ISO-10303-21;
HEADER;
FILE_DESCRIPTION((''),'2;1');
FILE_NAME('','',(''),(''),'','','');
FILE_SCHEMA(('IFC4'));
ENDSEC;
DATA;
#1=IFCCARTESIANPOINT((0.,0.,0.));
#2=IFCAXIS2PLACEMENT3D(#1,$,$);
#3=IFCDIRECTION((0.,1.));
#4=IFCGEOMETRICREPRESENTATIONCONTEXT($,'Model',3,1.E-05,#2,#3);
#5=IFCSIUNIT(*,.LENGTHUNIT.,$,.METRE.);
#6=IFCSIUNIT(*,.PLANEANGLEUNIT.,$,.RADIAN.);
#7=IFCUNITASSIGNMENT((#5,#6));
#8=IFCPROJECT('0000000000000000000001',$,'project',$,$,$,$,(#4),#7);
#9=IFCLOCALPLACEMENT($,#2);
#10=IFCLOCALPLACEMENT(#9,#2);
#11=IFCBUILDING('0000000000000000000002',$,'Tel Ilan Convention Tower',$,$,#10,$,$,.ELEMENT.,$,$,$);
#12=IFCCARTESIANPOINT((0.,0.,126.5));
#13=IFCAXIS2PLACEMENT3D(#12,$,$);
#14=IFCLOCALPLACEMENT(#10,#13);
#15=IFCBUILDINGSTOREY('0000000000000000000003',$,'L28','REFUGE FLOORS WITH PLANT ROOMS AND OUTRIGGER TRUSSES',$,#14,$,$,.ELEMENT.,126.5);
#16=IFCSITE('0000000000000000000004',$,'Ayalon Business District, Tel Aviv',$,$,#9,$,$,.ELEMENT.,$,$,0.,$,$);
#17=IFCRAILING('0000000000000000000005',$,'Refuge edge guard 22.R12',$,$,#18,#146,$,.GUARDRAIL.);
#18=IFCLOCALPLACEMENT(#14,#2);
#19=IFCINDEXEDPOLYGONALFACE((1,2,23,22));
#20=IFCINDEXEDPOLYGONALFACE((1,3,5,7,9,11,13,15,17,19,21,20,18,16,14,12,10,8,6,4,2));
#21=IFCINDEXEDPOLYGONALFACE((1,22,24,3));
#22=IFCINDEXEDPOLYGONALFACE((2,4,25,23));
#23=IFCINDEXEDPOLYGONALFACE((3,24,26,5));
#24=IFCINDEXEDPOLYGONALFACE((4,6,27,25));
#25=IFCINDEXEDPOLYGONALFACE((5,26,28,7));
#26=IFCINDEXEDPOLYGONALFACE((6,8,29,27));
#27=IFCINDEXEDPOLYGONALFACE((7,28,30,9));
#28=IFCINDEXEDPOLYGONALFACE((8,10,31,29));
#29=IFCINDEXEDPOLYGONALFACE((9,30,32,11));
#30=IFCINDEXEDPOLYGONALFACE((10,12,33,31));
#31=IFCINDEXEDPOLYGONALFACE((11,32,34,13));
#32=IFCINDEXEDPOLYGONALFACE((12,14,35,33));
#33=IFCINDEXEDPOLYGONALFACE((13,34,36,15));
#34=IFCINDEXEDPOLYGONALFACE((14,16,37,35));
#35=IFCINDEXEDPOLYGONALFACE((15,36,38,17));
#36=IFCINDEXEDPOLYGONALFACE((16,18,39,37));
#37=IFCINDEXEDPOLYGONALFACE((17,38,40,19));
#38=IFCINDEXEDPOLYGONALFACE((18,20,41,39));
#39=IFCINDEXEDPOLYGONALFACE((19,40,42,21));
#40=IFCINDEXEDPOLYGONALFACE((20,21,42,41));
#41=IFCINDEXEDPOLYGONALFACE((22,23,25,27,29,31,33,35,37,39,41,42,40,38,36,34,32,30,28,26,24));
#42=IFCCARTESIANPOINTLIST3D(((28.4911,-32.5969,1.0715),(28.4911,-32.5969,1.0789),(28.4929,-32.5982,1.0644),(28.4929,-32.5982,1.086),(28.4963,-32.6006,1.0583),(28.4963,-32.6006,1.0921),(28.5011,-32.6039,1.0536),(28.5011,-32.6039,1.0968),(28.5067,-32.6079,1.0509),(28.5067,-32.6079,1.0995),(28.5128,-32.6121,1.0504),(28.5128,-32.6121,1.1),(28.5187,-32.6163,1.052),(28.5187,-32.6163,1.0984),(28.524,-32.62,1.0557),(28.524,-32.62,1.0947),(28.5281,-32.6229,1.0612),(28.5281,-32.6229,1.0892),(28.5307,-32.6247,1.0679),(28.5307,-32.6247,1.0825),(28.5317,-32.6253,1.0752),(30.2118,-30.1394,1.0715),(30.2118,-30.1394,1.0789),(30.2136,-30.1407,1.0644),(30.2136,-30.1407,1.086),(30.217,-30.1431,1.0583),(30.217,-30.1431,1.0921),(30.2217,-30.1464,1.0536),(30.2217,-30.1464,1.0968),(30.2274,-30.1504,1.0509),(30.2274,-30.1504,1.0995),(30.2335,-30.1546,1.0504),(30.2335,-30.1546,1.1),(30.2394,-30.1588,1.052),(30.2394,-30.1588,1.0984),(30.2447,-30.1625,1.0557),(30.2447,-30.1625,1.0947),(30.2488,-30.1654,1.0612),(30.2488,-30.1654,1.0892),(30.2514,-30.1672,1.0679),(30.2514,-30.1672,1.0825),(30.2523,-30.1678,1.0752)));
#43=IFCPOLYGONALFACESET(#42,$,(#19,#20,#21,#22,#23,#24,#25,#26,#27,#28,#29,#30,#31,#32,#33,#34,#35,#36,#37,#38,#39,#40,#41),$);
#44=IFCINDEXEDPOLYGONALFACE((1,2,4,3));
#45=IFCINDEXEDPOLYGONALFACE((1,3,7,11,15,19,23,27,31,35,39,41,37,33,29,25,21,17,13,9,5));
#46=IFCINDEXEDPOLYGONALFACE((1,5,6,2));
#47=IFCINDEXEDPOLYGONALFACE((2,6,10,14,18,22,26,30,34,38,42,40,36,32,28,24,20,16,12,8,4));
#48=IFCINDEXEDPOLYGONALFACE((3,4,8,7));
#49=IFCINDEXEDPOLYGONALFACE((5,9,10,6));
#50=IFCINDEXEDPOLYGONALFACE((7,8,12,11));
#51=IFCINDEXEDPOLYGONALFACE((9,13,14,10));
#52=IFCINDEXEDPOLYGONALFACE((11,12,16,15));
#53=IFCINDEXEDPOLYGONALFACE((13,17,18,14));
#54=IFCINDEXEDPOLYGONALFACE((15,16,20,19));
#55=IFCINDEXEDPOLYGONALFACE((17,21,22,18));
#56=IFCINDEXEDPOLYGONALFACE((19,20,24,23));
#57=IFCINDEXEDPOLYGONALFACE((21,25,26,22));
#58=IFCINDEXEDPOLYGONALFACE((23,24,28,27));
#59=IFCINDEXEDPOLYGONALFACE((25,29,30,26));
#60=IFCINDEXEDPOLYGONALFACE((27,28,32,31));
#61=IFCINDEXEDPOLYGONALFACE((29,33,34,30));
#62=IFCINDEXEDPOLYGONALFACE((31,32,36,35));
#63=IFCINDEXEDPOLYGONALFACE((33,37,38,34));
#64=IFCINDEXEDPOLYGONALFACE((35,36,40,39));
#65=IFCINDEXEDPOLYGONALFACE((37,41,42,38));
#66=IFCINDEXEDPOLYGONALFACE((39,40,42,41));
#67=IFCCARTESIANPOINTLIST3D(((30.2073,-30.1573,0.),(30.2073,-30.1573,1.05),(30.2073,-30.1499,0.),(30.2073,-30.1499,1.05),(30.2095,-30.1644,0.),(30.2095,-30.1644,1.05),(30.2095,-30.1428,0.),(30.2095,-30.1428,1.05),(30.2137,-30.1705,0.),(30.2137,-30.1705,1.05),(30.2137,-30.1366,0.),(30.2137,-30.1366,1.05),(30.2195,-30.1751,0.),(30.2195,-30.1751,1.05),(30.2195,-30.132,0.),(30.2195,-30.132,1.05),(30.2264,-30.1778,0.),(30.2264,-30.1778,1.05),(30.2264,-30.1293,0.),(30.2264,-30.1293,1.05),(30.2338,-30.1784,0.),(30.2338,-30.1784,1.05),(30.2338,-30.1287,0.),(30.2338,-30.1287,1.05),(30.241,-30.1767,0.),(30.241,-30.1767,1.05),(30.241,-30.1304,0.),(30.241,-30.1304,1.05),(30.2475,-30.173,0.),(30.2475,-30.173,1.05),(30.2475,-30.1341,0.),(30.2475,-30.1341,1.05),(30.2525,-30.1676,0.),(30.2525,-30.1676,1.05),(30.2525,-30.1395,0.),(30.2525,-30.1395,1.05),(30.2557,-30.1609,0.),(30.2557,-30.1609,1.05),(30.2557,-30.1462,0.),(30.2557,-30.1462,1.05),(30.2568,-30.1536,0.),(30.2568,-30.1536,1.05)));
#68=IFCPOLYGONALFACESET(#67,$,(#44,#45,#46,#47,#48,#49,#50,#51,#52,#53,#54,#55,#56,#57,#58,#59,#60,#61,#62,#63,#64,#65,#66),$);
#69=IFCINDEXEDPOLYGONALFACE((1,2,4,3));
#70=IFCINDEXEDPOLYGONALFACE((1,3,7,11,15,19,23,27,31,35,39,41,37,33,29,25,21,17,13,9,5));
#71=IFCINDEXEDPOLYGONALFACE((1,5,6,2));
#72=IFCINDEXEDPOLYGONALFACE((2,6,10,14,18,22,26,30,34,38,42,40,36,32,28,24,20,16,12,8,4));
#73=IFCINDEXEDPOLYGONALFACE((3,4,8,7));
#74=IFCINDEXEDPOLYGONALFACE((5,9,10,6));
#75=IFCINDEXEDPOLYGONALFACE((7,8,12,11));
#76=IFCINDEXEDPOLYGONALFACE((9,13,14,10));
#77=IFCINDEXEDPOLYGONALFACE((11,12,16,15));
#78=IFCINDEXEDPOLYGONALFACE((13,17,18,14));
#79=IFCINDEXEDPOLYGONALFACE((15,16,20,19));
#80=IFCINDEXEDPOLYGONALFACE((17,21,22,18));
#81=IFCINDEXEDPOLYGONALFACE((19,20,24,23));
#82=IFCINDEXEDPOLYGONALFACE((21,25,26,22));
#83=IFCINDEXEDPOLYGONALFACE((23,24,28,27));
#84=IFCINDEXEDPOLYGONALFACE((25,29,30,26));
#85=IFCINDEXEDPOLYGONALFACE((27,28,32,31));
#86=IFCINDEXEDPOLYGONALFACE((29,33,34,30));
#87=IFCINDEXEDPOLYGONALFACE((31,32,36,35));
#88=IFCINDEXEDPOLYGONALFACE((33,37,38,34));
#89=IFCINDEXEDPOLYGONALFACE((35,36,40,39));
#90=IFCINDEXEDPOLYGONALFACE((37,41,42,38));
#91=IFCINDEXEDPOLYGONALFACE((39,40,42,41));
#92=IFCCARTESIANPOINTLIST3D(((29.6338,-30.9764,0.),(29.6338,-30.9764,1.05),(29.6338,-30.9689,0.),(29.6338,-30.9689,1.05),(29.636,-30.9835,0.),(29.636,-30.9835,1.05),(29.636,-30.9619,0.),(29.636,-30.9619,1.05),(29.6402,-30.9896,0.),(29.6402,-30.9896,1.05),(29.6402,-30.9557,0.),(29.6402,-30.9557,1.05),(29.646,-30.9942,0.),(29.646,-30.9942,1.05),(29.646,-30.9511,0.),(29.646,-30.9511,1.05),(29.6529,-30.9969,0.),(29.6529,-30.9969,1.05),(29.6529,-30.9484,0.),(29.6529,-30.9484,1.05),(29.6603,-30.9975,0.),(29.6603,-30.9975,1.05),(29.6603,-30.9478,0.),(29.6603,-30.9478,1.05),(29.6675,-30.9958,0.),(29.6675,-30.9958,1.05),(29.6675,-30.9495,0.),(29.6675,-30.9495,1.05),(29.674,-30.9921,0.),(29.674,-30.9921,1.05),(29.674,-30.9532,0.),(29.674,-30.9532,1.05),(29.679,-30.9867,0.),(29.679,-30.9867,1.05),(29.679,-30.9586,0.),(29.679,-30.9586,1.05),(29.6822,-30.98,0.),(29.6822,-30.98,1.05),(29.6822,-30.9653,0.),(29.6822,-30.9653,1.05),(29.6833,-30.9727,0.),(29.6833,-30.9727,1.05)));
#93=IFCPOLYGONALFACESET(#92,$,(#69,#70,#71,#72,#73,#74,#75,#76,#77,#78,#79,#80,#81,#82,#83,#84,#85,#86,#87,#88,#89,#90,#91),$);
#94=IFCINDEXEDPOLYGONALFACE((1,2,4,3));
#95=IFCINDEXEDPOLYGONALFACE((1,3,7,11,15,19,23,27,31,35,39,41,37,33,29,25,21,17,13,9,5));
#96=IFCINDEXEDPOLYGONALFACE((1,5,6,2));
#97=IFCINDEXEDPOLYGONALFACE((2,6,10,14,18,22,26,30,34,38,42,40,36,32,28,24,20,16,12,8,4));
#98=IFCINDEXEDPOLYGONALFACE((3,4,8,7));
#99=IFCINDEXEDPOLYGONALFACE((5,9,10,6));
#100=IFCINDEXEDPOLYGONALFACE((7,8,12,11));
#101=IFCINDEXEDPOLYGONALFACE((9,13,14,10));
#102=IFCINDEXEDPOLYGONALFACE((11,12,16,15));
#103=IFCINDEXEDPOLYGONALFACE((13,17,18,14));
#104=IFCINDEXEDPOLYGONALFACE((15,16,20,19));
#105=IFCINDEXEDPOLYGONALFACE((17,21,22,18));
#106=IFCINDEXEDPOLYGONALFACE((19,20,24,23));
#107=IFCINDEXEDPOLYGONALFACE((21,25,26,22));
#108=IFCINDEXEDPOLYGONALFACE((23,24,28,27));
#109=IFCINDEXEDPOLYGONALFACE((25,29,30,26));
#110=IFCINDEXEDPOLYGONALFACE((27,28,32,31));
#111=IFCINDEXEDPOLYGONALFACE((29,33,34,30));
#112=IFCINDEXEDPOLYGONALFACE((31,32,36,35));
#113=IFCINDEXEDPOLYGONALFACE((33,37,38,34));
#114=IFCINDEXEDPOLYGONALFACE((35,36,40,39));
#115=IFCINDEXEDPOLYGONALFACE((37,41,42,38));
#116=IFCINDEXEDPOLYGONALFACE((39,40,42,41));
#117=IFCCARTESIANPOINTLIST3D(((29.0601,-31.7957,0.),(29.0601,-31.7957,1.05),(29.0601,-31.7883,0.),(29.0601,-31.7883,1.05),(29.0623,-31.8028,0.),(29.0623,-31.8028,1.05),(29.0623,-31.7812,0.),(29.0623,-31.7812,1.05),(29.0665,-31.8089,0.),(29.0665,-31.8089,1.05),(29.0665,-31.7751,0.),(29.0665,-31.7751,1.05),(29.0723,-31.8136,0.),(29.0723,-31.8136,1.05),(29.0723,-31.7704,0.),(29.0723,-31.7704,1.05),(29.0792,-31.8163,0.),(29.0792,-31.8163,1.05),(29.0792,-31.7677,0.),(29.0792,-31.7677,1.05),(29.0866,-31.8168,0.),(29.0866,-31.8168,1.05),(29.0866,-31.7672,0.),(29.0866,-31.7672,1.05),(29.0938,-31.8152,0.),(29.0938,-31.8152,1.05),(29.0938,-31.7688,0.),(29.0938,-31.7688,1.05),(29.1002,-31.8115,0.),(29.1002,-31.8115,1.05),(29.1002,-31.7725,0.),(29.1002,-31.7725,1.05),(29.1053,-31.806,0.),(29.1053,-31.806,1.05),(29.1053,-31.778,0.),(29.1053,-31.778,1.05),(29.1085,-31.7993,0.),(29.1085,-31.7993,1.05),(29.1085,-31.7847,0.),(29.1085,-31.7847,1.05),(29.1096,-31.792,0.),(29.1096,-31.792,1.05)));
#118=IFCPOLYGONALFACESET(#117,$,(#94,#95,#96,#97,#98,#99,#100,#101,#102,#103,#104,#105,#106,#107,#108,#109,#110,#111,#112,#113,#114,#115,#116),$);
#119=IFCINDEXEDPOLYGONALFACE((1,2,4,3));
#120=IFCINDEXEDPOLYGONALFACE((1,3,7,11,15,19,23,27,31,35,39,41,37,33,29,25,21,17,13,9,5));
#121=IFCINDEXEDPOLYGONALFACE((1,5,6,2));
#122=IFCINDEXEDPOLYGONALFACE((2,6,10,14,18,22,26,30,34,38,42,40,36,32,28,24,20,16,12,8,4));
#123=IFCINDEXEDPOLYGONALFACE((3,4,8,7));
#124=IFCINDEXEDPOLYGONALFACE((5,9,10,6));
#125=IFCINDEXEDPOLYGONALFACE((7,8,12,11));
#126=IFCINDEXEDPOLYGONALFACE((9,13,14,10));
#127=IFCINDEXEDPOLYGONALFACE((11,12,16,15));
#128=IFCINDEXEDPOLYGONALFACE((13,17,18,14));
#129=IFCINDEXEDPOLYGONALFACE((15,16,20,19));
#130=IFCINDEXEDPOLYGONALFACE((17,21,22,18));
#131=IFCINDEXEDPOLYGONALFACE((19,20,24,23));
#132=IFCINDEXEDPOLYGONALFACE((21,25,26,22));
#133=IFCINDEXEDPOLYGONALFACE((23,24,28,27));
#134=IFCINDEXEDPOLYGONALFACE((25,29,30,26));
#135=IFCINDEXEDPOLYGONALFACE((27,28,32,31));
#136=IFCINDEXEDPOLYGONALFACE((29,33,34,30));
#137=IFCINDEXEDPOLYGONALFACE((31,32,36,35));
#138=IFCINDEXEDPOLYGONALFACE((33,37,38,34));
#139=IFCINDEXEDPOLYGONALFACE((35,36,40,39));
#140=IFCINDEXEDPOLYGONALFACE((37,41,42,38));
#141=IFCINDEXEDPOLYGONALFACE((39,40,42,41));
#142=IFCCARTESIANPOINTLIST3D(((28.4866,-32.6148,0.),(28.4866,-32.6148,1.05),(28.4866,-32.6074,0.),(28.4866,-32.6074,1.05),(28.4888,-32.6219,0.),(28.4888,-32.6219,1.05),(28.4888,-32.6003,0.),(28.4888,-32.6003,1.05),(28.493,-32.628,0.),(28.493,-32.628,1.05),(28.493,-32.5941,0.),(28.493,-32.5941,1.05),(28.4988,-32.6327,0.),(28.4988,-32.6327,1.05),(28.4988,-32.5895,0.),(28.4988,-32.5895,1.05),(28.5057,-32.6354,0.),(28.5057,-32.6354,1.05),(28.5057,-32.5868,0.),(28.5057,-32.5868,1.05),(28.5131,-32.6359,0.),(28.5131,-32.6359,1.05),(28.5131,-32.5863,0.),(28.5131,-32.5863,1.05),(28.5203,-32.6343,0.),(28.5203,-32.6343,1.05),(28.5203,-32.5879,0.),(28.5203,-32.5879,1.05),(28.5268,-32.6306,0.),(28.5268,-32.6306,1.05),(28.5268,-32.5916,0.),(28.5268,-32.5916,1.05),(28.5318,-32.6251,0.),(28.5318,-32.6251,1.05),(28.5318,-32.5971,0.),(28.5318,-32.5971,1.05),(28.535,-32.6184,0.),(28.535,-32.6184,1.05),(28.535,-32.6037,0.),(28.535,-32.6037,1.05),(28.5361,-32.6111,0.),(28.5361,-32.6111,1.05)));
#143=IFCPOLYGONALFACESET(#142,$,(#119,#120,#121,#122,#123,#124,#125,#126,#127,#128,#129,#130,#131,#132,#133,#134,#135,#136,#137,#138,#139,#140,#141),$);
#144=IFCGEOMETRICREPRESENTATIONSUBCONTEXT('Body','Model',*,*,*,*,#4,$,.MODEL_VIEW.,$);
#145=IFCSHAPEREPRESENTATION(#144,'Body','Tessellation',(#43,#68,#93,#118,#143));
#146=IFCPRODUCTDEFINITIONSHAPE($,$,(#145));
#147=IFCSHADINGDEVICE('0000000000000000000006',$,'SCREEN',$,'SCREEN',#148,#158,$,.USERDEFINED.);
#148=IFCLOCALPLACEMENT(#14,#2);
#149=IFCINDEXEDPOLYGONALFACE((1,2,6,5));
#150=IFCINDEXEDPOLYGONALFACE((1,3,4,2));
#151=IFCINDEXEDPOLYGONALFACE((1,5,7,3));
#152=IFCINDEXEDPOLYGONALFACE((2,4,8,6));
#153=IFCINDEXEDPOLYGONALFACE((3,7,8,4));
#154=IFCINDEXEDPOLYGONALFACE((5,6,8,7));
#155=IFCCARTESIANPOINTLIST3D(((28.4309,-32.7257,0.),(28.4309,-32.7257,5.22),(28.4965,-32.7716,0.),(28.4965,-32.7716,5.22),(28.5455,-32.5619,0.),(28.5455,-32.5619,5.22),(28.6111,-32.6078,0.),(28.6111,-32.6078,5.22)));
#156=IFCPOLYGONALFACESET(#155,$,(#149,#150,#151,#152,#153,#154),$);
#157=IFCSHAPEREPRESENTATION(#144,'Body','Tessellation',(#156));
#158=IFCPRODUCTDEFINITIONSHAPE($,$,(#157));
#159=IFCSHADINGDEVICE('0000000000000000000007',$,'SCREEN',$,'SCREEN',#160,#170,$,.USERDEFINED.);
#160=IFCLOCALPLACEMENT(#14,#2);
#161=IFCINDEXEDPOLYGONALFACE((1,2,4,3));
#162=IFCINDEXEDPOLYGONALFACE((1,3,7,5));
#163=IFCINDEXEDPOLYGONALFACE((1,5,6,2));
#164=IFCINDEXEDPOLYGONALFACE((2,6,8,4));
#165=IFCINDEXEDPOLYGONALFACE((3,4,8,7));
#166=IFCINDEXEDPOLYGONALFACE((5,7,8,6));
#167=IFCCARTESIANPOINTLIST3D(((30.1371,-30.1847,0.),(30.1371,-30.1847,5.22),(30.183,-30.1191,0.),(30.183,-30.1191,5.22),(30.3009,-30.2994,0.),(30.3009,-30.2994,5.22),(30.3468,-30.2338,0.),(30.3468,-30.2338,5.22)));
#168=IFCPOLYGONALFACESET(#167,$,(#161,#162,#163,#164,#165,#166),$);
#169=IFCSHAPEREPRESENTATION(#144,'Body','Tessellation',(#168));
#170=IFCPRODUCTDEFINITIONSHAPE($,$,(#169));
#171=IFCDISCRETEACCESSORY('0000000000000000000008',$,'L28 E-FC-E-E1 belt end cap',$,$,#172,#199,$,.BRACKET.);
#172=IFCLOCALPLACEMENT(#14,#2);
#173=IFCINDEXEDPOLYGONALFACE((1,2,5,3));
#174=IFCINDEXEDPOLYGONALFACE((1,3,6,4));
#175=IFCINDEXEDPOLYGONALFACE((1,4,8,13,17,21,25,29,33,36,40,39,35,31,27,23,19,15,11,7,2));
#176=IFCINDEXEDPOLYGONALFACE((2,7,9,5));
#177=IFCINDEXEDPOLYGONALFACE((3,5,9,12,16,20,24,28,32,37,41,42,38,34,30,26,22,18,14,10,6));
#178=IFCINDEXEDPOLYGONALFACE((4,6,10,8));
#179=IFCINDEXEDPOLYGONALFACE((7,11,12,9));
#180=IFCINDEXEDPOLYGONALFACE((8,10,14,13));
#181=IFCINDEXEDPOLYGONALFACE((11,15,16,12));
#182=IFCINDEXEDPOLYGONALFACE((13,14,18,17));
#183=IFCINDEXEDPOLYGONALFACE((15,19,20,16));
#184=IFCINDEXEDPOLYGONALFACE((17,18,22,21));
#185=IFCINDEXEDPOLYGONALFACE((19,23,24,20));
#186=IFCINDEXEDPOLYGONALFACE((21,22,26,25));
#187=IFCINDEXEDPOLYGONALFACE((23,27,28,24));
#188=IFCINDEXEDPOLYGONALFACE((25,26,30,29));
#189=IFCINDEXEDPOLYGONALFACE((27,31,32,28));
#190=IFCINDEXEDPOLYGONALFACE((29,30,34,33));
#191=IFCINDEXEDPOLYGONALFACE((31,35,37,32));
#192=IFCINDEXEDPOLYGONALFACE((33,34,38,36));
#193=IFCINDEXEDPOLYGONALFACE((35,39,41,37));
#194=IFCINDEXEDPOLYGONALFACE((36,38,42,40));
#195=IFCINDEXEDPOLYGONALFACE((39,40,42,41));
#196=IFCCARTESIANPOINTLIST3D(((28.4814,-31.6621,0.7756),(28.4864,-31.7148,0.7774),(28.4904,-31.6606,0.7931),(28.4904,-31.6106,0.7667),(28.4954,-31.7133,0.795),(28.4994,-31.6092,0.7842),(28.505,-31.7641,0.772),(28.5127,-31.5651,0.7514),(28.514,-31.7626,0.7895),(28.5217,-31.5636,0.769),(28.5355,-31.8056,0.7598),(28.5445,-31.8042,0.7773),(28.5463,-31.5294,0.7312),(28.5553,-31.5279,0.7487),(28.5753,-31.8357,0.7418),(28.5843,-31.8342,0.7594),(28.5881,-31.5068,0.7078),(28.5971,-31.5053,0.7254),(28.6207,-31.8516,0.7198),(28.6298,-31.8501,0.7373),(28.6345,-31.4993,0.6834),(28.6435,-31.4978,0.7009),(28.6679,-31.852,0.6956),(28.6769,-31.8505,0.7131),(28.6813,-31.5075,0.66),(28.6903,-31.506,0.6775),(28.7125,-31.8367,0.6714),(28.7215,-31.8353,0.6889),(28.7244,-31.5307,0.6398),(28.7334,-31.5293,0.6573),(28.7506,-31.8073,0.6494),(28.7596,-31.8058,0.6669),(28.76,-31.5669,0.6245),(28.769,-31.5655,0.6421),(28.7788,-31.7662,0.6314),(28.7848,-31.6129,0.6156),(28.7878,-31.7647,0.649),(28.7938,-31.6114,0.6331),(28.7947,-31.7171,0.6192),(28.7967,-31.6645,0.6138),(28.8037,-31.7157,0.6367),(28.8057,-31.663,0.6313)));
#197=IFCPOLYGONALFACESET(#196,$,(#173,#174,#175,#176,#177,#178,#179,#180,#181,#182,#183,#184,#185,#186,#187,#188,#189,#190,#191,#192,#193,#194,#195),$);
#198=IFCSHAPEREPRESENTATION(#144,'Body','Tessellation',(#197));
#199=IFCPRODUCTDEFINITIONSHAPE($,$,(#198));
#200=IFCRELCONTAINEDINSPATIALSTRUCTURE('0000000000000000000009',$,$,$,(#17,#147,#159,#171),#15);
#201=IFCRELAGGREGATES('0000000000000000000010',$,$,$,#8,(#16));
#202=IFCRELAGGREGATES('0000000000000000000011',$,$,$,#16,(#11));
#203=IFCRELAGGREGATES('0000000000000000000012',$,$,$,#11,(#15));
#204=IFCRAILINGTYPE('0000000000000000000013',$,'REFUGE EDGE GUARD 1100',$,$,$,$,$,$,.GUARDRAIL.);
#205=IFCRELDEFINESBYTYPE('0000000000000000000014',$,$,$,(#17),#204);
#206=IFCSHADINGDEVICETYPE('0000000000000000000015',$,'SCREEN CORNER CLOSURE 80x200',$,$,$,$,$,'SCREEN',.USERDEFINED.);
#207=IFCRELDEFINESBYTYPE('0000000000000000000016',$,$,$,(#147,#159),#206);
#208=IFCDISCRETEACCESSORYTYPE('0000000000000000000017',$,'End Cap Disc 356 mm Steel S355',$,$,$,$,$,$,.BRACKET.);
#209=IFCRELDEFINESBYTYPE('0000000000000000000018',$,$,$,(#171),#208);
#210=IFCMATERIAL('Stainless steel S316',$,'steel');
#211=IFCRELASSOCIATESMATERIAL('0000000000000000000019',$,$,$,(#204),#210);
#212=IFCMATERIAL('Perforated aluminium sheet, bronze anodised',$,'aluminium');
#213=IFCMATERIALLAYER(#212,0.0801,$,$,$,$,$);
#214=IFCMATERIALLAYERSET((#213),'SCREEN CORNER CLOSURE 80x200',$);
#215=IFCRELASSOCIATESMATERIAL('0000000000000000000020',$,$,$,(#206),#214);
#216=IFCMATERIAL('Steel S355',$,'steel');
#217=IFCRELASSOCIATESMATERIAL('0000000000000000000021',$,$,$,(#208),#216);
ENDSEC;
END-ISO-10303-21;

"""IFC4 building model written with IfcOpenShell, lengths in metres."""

from ifc_helpers import new_model, si_unit, direction, frame, origin, origin_2d, place, context, subcontext, project, spatial, rectangle, circle, extrude, material, layer, layer_set, material_profile, profile_set, type_object, element, save


model = new_model("IFC4")

# Units and contexts
model_context = context("Model", 3, precision=1e-05, world=origin(), true_north=direction((0.0, 1.0)))
body_context = subcontext(model_context, "Body", "Model", "MODEL_VIEW")
ifc_project = project(units=[si_unit("LENGTHUNIT", "METRE"), si_unit("PLANEANGLEUNIT", "RADIAN")], contexts=[model_context])

# Site, building, storey
site_placement = place(None, origin())
site = spatial("IfcSite", under=ifc_project, at=site_placement, Name="Ayalon Business District, Tel Aviv", CompositionType="ELEMENT", RefElevation=0.0)
building_placement = place(site_placement, origin())
building = spatial("IfcBuilding", under=site, at=building_placement, Name="Tel Ilan Convention Tower", CompositionType="ELEMENT")
storey_placement = place(building_placement, frame((0.0, 0.0, 126.5)))
storey = spatial("IfcBuildingStorey", under=building, at=storey_placement, Name="L28", Description="REFUGE FLOORS WITH PLANT ROOMS AND OUTRIGGER TRUSSES", CompositionType="ELEMENT", Elevation=126.5)

# Railing
ifc_material_1 = material(Name="Stainless steel S316", Category="steel")
railing_type = type_object("IfcRailingType", Name="REFUGE EDGE GUARD 1100", PredefinedType="GUARDRAIL", material=ifc_material_1)
railing_1_placement = place(storey_placement, frame((30.2319, -30.1536, 0.0)))
element("IfcRailing", 1, at=railing_1_placement, inside=storey, type_object=railing_type, Name="Refuge edge guard 22.R12", PredefinedType="GUARDRAIL", context=body_context, shape_type="SweptSolid", body=[
    extrude(circle(Radius=0.0249, at=origin_2d()), frame((0.0, 0.0, 1.0752), z_axis=(-0.573561, -0.819163, 0.0), x_axis=(0.819163, -0.573561, 0.0)), (0.0, 0.0, 1.0), 3.0),
    extrude(circle(Radius=0.0249, at=origin_2d()), origin(), (0.0, 0.0, 1.0), 1.05),
    extrude(circle(Radius=0.0249, at=origin_2d()), frame((-0.5735, -0.8191, 0.0)), (0.0, 0.0, 1.0), 1.05),
    extrude(circle(Radius=0.0249, at=origin_2d()), frame((-1.1472, -1.6384, 0.0)), (0.0, 0.0, 1.0), 1.05),
    extrude(circle(Radius=0.0249, at=origin_2d()), frame((-1.7207, -2.4575, 0.0)), (0.0, 0.0, 1.0), 1.05),
])

# Shading devices
ifc_material_2 = material(Name="Perforated aluminium sheet, bronze anodised", Category="aluminium")
ifc_layer_1 = layer(ifc_material_2, 0.0801)
ifc_layer_set_1 = layer_set([ifc_layer_1], Name="SCREEN CORNER CLOSURE 80x200")
shading_device_type_1 = type_object("IfcShadingDeviceType", Name="SCREEN CORNER CLOSURE 80x200", ElementType="SCREEN", PredefinedType="USERDEFINED", material=ifc_layer_set_1)
for number, where, z_axis, x_axis, name in (
    (2, (28.521, -32.6667, 0.0), (0.0, 0.0, 1.0), (0.819152, -0.573576, 0.0), "SCREEN"),
    (3, (30.2419, -30.2092, 0.0), (0.0, 0.0, 1.0), (0.573576, 0.819152, 0.0), "SCREEN"),
):
    element("IfcShadingDevice", number, at=place(storey_placement, frame(where, z_axis=z_axis, x_axis=x_axis)), inside=storey, type_object=shading_device_type_1, Name=name, ObjectType="SCREEN", PredefinedType="USERDEFINED", context=body_context, shape_type="SweptSolid", body=[
        extrude(rectangle(XDim=0.0801, YDim=0.2, at=origin_2d()), origin(), (0.0, 0.0, 1.0), 5.22),
    ])

# Discrete accessory
ifc_material_3 = material(Name="Steel S355", Category="steel")
ifc_material_profile_1 = material_profile(ifc_material_3, circle(Radius=0.1777, at=origin_2d()), Name="End Cap Disc 356 mm Steel S355")
ifc_profile_set_1 = profile_set([ifc_material_profile_1], Name="Steel S355")
discrete_accessory_type_1 = type_object("IfcDiscreteAccessoryType", Name="End Cap Disc 356 mm Steel S355", PredefinedType="BRACKET", material=ifc_profile_set_1)
for number, where, z_axis, x_axis, name in (
    (4, (28.6484, -31.675, 0.7131), (-0.455819, -0.073917, -0.886998), (0.160071, -0.987105, 0.0), "L28 E-FC-E-E1 belt end cap"),
):
    element("IfcDiscreteAccessory", number, at=place(storey_placement, frame(where, z_axis=z_axis, x_axis=x_axis)), inside=storey, type_object=discrete_accessory_type_1, Name=name, PredefinedType="BRACKET", context=body_context, shape_type="SweptSolid", body=[
        extrude(circle(Radius=0.1777, at=origin_2d()), origin(), (0.0, 0.0, 1.0), 0.0198),
    ])

save(model, "model.ifc")
